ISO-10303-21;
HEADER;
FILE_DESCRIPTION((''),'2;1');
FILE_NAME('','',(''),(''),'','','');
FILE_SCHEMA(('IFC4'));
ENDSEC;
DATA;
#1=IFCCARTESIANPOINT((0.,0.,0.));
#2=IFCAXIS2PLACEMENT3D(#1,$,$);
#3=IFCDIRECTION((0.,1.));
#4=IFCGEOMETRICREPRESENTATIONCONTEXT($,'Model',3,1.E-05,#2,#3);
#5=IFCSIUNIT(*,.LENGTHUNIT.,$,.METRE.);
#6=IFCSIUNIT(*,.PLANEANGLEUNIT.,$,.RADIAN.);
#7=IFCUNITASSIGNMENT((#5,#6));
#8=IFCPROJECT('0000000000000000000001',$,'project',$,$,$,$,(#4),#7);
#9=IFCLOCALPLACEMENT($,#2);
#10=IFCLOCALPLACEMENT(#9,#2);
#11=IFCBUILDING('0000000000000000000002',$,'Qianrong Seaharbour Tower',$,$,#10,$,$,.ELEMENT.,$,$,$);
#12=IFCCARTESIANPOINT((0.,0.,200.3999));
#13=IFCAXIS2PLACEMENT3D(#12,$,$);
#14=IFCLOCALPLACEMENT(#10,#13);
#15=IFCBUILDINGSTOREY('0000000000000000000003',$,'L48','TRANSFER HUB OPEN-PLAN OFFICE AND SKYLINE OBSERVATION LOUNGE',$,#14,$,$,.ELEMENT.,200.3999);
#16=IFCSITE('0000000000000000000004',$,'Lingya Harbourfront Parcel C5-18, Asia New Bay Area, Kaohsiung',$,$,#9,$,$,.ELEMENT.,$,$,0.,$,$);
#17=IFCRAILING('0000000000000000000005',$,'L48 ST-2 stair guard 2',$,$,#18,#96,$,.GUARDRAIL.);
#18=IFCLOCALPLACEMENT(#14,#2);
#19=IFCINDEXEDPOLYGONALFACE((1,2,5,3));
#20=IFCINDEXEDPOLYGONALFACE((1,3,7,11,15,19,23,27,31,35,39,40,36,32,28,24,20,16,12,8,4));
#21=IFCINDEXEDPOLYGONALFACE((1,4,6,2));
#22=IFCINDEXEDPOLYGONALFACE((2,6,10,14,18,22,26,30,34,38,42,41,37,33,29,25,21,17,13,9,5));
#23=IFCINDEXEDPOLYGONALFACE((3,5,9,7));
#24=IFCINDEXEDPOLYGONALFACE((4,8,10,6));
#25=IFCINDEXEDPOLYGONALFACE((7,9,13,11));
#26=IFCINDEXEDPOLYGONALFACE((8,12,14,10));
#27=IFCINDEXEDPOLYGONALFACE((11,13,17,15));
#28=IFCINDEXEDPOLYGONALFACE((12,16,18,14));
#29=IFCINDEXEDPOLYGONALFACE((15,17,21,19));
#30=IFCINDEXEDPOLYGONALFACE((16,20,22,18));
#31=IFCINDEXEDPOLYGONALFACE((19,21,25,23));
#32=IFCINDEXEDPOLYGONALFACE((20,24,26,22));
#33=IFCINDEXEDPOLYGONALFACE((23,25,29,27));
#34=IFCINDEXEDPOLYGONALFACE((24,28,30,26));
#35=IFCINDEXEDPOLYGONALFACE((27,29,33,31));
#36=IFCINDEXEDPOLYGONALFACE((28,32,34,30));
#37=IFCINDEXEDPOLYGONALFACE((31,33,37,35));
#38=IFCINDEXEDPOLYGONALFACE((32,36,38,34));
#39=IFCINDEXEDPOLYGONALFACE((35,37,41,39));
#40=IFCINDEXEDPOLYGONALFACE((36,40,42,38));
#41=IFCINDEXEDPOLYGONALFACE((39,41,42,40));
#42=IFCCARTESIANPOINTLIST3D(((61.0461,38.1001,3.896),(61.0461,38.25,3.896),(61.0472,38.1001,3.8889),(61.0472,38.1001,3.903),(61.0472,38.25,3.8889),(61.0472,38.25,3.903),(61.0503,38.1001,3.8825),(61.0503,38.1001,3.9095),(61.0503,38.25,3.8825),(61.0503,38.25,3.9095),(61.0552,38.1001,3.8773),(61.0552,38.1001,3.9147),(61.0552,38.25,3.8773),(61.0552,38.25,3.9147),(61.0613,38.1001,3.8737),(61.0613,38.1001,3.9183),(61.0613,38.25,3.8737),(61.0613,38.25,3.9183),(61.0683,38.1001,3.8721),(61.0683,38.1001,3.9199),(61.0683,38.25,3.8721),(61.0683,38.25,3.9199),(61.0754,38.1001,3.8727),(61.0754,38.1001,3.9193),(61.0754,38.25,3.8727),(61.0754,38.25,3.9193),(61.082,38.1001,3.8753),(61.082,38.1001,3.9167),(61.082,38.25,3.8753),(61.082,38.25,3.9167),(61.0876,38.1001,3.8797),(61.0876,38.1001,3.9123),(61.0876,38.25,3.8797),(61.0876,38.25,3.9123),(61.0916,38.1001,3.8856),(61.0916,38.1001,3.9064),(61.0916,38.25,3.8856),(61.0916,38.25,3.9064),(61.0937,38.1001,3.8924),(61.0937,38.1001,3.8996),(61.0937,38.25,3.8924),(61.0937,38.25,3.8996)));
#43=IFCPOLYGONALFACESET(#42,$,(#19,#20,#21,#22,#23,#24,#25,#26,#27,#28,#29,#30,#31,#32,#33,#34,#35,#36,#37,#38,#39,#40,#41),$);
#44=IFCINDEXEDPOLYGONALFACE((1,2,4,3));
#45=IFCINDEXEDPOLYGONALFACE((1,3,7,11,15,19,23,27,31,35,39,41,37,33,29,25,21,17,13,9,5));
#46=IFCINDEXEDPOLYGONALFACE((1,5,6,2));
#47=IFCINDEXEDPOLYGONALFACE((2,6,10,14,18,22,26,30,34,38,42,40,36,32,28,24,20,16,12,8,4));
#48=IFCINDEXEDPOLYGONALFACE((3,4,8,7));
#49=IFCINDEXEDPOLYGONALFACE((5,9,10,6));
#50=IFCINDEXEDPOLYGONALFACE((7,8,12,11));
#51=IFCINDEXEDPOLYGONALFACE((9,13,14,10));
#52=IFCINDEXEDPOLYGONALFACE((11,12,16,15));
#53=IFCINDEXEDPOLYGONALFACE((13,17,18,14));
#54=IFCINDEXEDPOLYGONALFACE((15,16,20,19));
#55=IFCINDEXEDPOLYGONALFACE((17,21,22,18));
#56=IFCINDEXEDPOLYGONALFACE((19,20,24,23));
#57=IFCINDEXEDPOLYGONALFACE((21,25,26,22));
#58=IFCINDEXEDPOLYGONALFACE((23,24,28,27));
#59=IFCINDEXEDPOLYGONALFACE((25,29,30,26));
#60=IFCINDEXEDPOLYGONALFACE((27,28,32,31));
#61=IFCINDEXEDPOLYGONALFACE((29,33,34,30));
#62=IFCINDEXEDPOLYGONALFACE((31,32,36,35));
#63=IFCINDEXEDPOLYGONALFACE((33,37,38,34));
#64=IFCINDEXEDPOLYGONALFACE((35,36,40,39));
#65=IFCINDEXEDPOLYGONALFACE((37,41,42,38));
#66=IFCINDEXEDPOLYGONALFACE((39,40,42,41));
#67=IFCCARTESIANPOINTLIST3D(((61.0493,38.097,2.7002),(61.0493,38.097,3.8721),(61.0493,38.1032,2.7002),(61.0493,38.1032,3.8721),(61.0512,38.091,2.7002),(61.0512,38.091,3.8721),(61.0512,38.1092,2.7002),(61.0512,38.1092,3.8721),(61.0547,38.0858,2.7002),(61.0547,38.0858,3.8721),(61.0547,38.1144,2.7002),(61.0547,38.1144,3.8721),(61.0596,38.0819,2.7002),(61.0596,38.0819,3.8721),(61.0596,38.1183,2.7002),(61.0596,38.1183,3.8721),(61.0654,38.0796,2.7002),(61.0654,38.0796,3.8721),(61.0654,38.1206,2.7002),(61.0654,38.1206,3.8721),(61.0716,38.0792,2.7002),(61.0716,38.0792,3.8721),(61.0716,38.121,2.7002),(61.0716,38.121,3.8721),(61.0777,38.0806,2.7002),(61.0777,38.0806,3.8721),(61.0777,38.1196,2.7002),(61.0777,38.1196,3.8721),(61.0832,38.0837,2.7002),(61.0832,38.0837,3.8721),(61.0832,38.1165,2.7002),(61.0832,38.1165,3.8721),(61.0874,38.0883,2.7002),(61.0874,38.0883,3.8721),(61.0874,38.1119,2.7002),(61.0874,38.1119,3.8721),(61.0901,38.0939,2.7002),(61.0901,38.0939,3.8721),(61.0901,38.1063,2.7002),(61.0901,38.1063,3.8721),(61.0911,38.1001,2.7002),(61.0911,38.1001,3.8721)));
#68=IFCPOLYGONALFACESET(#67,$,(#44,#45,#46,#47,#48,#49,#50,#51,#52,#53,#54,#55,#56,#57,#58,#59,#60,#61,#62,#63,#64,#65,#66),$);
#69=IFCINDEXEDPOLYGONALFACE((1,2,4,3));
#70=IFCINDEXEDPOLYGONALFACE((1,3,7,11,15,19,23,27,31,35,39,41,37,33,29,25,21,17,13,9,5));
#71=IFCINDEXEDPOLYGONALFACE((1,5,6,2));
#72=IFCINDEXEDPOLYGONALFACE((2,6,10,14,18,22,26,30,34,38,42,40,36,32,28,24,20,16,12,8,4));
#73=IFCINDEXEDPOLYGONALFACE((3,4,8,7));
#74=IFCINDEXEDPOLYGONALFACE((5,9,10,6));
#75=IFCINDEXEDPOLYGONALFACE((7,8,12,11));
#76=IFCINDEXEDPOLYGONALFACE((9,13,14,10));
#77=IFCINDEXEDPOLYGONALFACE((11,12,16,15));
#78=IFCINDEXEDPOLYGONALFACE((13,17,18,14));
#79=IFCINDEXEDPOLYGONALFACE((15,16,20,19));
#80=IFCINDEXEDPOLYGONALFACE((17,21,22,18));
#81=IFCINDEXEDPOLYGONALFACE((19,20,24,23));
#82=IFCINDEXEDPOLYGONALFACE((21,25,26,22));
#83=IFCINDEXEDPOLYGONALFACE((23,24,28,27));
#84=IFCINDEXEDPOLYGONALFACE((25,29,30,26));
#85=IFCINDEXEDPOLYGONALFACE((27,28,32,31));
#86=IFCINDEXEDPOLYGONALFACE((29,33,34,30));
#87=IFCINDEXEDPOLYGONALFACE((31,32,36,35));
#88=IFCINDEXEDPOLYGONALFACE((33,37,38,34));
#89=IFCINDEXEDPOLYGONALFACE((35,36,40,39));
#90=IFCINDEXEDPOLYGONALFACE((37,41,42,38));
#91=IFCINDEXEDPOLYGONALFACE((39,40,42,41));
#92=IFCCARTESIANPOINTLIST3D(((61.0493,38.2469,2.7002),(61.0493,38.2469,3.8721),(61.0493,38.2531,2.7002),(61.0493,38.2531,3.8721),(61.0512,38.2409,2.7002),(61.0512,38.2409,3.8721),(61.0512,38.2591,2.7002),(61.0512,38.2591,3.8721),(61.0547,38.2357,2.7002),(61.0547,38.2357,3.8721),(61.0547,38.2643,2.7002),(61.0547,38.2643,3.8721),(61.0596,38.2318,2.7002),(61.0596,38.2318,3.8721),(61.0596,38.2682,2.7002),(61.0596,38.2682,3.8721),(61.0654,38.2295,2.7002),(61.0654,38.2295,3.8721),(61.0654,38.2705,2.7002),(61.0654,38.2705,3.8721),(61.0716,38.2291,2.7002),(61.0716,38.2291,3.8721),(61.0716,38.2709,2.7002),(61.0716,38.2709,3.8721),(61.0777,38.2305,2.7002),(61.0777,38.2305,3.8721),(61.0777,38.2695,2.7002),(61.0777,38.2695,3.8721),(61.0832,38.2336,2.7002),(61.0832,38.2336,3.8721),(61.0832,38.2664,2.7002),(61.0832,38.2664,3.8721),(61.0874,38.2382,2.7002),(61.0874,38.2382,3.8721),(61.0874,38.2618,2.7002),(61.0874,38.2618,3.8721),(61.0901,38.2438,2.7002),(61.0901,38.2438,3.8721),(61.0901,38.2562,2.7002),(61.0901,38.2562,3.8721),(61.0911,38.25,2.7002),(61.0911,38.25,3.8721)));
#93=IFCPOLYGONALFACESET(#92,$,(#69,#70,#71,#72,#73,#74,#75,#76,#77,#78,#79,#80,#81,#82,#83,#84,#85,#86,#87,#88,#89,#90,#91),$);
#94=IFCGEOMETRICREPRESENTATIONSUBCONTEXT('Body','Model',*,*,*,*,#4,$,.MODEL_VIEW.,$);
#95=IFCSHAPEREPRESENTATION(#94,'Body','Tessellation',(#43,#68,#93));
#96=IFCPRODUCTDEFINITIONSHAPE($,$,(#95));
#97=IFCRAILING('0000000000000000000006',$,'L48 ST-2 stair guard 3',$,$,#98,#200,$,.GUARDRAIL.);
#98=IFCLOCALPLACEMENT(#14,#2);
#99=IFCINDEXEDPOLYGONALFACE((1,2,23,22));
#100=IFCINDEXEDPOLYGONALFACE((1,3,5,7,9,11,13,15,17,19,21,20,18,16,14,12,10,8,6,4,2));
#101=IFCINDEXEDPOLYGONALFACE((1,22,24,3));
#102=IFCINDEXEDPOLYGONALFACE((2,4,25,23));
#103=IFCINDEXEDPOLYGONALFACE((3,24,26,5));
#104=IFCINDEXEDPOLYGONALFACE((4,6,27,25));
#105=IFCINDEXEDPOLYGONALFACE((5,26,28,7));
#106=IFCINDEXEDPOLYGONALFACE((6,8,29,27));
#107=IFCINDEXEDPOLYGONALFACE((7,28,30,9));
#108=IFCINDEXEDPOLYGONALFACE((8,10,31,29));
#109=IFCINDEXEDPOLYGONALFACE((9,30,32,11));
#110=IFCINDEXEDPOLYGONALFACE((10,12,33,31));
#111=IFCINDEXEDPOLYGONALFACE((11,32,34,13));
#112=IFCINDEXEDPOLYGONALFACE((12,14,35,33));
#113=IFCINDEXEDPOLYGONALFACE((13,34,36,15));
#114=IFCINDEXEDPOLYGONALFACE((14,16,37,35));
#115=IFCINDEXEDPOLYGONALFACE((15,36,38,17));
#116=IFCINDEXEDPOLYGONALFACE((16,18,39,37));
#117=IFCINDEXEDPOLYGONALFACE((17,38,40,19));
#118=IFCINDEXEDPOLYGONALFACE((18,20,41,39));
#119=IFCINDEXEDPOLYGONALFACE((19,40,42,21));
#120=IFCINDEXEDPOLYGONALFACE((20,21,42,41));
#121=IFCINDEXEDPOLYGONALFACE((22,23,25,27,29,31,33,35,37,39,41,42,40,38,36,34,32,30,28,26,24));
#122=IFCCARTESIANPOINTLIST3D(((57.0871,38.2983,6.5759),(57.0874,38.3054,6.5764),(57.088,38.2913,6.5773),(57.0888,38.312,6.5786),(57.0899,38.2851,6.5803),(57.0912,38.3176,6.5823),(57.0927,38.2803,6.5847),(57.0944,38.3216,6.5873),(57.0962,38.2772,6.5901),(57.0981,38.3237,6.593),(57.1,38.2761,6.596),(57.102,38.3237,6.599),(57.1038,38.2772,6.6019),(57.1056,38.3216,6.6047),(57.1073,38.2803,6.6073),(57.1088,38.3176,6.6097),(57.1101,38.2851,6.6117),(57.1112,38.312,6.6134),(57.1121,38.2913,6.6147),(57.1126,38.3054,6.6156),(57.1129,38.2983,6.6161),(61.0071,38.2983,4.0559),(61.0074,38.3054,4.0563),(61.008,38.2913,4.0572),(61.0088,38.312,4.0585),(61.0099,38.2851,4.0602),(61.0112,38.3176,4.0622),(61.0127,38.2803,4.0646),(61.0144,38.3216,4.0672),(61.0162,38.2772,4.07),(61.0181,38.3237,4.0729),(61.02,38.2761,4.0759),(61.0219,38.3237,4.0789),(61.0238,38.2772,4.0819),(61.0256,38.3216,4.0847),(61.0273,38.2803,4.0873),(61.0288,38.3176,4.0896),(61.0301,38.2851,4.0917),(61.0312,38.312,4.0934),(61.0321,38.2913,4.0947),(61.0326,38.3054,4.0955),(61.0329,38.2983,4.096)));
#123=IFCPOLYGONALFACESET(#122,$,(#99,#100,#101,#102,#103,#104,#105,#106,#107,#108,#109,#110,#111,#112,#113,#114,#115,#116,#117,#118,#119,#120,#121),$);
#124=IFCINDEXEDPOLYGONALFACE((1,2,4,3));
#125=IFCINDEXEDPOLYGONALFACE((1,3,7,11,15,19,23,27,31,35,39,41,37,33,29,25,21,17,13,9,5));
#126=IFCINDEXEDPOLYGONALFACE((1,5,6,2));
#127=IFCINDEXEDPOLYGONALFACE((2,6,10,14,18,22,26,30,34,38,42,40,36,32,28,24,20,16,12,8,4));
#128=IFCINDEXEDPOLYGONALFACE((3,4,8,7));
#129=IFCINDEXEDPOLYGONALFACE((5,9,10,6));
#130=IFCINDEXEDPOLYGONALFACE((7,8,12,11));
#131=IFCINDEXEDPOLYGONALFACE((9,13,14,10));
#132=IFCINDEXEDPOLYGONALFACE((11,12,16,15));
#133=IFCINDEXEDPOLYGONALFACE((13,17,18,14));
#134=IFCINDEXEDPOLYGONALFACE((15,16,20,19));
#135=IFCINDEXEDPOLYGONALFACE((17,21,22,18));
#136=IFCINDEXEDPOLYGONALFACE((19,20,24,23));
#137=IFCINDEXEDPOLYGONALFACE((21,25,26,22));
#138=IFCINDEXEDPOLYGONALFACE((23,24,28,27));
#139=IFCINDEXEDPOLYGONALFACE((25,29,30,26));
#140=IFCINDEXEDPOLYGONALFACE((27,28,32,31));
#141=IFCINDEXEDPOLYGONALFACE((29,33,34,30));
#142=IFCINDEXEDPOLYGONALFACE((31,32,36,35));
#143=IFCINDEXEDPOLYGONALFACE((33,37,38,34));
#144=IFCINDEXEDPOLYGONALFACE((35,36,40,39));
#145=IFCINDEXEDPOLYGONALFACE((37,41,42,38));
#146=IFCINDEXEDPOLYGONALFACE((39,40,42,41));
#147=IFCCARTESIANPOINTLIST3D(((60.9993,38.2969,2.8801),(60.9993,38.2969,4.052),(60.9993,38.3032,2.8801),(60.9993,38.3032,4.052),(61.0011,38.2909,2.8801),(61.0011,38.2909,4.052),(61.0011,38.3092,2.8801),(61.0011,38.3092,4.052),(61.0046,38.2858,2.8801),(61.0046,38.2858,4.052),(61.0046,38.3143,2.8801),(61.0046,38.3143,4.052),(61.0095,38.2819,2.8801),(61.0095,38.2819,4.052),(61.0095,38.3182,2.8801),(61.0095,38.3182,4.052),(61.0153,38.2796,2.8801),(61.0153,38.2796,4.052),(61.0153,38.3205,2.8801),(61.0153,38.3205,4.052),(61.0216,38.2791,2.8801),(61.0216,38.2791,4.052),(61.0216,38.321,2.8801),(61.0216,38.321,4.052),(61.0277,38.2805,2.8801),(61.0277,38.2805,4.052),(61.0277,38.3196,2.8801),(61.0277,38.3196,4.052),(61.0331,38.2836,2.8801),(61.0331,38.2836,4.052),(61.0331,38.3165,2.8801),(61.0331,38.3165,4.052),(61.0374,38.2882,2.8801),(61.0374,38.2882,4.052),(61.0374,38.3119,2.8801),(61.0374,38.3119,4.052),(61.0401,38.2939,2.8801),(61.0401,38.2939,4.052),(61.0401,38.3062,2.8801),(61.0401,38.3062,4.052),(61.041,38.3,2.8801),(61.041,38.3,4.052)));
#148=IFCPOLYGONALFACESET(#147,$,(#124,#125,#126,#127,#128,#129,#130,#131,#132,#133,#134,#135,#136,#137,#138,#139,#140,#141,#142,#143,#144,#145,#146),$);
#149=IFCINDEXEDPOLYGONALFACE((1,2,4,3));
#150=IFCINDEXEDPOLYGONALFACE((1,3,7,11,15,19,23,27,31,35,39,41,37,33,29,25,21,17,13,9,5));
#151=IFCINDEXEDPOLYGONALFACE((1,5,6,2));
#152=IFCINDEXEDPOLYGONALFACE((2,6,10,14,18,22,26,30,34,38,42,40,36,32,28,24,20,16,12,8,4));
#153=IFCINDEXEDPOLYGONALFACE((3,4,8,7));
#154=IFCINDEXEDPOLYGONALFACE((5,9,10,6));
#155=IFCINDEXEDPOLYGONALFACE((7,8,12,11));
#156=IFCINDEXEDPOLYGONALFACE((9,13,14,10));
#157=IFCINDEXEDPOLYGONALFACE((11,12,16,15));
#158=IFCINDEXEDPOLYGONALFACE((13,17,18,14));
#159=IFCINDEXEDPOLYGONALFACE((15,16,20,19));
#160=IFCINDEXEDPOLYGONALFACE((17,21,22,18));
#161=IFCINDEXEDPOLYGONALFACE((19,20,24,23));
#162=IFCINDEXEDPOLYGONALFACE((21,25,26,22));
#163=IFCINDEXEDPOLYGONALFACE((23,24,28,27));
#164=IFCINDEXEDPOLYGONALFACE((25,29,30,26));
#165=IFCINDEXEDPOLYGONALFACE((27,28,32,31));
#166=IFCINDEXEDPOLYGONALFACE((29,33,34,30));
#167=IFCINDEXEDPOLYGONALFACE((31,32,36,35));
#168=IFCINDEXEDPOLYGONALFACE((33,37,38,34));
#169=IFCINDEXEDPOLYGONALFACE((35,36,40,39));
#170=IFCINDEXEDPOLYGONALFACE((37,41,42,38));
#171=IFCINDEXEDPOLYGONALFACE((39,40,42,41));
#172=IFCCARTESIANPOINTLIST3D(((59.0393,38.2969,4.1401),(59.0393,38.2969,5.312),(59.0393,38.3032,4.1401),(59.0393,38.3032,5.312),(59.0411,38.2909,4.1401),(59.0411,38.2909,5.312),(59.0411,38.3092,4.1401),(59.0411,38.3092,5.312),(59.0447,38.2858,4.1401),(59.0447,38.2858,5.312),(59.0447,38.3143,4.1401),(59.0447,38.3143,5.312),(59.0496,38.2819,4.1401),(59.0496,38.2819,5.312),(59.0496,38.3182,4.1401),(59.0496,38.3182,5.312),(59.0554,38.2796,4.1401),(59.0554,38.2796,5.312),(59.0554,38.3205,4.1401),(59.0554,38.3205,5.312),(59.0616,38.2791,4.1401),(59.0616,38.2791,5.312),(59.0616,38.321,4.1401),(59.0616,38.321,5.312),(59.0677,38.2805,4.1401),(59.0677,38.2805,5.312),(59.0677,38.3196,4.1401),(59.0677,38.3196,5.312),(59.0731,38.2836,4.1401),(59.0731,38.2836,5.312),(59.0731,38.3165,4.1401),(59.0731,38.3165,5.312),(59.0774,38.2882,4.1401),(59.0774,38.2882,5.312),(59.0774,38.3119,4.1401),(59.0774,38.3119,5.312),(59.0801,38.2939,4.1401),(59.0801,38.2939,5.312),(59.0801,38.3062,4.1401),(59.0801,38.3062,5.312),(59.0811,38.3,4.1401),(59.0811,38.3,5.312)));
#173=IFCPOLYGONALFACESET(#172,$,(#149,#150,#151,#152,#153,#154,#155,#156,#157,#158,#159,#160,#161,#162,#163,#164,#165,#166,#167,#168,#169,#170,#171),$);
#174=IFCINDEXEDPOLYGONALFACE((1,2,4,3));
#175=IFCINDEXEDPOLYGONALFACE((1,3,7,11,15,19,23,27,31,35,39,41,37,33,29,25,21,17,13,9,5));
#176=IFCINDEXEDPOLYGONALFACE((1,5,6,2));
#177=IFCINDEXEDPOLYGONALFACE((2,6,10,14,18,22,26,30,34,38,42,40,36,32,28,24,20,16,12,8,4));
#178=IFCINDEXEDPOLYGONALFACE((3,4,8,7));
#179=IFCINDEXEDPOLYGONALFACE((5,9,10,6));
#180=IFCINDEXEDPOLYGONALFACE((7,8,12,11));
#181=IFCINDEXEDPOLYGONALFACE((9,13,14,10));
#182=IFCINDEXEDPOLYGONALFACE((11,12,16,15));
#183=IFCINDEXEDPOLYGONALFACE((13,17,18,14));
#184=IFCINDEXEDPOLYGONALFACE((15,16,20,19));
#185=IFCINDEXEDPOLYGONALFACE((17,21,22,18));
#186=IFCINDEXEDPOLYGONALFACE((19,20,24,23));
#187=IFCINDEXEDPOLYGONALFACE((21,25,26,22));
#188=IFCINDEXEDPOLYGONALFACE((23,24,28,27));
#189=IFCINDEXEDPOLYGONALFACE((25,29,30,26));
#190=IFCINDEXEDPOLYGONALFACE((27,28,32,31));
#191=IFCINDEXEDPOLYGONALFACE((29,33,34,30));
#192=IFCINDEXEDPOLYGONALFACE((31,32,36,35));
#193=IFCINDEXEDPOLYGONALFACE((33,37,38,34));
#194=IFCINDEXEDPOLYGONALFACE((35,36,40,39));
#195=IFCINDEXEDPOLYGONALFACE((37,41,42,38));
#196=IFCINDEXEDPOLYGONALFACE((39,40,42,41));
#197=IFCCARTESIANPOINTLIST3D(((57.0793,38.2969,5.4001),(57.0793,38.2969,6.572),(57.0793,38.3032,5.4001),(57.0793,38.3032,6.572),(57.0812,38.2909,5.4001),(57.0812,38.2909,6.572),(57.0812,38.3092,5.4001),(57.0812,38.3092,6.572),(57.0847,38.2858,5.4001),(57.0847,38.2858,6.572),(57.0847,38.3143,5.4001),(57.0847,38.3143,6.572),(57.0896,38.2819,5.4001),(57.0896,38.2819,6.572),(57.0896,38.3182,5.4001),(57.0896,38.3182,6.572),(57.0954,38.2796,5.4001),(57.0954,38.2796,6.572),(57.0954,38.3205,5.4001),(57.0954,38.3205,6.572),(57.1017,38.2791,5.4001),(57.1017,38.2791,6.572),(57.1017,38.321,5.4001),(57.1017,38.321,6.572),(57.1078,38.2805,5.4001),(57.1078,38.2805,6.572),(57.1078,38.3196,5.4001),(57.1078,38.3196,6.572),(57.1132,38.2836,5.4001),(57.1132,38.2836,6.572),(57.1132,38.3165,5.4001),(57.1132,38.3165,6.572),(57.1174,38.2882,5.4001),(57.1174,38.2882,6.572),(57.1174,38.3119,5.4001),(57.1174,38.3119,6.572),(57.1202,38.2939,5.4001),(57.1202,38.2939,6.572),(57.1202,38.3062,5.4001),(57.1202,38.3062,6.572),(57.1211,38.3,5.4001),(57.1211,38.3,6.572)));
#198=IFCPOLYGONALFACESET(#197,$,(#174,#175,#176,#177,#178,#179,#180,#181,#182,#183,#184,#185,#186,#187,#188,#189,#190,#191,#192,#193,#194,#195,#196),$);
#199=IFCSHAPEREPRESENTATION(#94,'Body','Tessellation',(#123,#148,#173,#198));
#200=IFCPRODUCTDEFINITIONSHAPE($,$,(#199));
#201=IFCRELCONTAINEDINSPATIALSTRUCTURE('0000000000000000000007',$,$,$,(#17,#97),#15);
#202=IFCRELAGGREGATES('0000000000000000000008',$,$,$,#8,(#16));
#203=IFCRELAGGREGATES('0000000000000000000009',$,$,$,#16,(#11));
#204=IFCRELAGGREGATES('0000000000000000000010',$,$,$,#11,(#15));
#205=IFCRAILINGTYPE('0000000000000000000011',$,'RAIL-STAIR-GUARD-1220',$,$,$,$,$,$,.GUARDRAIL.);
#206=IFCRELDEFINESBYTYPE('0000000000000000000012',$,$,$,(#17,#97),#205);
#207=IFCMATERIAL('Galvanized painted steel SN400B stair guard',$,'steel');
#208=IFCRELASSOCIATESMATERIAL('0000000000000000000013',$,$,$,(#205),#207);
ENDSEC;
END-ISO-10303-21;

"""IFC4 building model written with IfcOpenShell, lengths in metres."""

from ifc_helpers import new_model, si_unit, direction, frame, origin, origin_2d, place, context, subcontext, project, spatial, circle, extrude, material, type_object, element, save


model = new_model("IFC4")

# Units and contexts
model_context = context("Model", 3, precision=1e-05, world=origin(), true_north=direction((0.0, 1.0)))
body_context = subcontext(model_context, "Body", "Model", "MODEL_VIEW")
ifc_project = project(units=[si_unit("LENGTHUNIT", "METRE"), si_unit("PLANEANGLEUNIT", "RADIAN")], contexts=[model_context])

# Site, building, storey
site_placement = place(None, origin())
site = spatial("IfcSite", under=ifc_project, at=site_placement, Name="Lingya Harbourfront Parcel C5-18, Asia New Bay Area, Kaohsiung", CompositionType="ELEMENT", RefElevation=0.0)
building_placement = place(site_placement, origin())
building = spatial("IfcBuilding", under=site, at=building_placement, Name="Qianrong Seaharbour Tower", CompositionType="ELEMENT")
storey_placement = place(building_placement, frame((0.0, 0.0, 200.3999)))
storey = spatial("IfcBuildingStorey", under=building, at=storey_placement, Name="L48", Description="TRANSFER HUB OPEN-PLAN OFFICE AND SKYLINE OBSERVATION LOUNGE", CompositionType="ELEMENT", Elevation=200.3999)

# Railings
ifc_material_1 = material(Name="Galvanized painted steel SN400B stair guard", Category="steel")
railing_type_1 = type_object("IfcRailingType", Name="RAIL-STAIR-GUARD-1220", PredefinedType="GUARDRAIL", material=ifc_material_1)
railing_1_placement = place(storey_placement, frame((61.0701, 38.1001, 2.7002)))
element("IfcRailing", 1, at=railing_1_placement, inside=storey, type_object=railing_type_1, Name="L48 ST-2 stair guard 2", PredefinedType="GUARDRAIL", context=body_context, shape_type="SweptSolid", body=[
    extrude(circle(Radius=0.0239, at=origin_2d()), frame((0.0, 0.0, 1.1958), z_axis=(0.0, 1.0, 0.0), x_axis=(-1.0, 0.0, 0.0)), (0.0, 0.0, 1.0), 0.1499),
    extrude(circle(Radius=0.021, at=origin_2d()), origin(), (0.0, 0.0, 1.0), 1.1719),
    extrude(circle(Radius=0.021, at=origin_2d()), frame((0.0, 0.1499, 0.0)), (0.0, 0.0, 1.0), 1.1719),
])
railing_2_placement = place(storey_placement, frame((61.02, 38.3, 2.8801)))
element("IfcRailing", 2, at=railing_2_placement, inside=storey, type_object=railing_type_1, Name="L48 ST-2 stair guard 3", PredefinedType="GUARDRAIL", context=body_context, shape_type="SweptSolid", body=[
    extrude(circle(Radius=0.0239, at=origin_2d()), frame((0.0, 0.0, 1.1958), z_axis=(-0.841172, 0.0, 0.540768), x_axis=(0.0, -1.0, 0.0)), (0.0, 0.0, 1.0), 4.6602),
    extrude(circle(Radius=0.021, at=origin_2d()), origin(), (0.0, 0.0, 1.0), 1.1719),
    extrude(circle(Radius=0.021, at=origin_2d()), frame((-1.96, 0.0, 1.26)), (0.0, 0.0, 1.0), 1.1719),
    extrude(circle(Radius=0.021, at=origin_2d()), frame((-3.9199, 0.0, 2.52)), (0.0, 0.0, 1.0), 1.1719),
])

save(model, "model.ifc")
